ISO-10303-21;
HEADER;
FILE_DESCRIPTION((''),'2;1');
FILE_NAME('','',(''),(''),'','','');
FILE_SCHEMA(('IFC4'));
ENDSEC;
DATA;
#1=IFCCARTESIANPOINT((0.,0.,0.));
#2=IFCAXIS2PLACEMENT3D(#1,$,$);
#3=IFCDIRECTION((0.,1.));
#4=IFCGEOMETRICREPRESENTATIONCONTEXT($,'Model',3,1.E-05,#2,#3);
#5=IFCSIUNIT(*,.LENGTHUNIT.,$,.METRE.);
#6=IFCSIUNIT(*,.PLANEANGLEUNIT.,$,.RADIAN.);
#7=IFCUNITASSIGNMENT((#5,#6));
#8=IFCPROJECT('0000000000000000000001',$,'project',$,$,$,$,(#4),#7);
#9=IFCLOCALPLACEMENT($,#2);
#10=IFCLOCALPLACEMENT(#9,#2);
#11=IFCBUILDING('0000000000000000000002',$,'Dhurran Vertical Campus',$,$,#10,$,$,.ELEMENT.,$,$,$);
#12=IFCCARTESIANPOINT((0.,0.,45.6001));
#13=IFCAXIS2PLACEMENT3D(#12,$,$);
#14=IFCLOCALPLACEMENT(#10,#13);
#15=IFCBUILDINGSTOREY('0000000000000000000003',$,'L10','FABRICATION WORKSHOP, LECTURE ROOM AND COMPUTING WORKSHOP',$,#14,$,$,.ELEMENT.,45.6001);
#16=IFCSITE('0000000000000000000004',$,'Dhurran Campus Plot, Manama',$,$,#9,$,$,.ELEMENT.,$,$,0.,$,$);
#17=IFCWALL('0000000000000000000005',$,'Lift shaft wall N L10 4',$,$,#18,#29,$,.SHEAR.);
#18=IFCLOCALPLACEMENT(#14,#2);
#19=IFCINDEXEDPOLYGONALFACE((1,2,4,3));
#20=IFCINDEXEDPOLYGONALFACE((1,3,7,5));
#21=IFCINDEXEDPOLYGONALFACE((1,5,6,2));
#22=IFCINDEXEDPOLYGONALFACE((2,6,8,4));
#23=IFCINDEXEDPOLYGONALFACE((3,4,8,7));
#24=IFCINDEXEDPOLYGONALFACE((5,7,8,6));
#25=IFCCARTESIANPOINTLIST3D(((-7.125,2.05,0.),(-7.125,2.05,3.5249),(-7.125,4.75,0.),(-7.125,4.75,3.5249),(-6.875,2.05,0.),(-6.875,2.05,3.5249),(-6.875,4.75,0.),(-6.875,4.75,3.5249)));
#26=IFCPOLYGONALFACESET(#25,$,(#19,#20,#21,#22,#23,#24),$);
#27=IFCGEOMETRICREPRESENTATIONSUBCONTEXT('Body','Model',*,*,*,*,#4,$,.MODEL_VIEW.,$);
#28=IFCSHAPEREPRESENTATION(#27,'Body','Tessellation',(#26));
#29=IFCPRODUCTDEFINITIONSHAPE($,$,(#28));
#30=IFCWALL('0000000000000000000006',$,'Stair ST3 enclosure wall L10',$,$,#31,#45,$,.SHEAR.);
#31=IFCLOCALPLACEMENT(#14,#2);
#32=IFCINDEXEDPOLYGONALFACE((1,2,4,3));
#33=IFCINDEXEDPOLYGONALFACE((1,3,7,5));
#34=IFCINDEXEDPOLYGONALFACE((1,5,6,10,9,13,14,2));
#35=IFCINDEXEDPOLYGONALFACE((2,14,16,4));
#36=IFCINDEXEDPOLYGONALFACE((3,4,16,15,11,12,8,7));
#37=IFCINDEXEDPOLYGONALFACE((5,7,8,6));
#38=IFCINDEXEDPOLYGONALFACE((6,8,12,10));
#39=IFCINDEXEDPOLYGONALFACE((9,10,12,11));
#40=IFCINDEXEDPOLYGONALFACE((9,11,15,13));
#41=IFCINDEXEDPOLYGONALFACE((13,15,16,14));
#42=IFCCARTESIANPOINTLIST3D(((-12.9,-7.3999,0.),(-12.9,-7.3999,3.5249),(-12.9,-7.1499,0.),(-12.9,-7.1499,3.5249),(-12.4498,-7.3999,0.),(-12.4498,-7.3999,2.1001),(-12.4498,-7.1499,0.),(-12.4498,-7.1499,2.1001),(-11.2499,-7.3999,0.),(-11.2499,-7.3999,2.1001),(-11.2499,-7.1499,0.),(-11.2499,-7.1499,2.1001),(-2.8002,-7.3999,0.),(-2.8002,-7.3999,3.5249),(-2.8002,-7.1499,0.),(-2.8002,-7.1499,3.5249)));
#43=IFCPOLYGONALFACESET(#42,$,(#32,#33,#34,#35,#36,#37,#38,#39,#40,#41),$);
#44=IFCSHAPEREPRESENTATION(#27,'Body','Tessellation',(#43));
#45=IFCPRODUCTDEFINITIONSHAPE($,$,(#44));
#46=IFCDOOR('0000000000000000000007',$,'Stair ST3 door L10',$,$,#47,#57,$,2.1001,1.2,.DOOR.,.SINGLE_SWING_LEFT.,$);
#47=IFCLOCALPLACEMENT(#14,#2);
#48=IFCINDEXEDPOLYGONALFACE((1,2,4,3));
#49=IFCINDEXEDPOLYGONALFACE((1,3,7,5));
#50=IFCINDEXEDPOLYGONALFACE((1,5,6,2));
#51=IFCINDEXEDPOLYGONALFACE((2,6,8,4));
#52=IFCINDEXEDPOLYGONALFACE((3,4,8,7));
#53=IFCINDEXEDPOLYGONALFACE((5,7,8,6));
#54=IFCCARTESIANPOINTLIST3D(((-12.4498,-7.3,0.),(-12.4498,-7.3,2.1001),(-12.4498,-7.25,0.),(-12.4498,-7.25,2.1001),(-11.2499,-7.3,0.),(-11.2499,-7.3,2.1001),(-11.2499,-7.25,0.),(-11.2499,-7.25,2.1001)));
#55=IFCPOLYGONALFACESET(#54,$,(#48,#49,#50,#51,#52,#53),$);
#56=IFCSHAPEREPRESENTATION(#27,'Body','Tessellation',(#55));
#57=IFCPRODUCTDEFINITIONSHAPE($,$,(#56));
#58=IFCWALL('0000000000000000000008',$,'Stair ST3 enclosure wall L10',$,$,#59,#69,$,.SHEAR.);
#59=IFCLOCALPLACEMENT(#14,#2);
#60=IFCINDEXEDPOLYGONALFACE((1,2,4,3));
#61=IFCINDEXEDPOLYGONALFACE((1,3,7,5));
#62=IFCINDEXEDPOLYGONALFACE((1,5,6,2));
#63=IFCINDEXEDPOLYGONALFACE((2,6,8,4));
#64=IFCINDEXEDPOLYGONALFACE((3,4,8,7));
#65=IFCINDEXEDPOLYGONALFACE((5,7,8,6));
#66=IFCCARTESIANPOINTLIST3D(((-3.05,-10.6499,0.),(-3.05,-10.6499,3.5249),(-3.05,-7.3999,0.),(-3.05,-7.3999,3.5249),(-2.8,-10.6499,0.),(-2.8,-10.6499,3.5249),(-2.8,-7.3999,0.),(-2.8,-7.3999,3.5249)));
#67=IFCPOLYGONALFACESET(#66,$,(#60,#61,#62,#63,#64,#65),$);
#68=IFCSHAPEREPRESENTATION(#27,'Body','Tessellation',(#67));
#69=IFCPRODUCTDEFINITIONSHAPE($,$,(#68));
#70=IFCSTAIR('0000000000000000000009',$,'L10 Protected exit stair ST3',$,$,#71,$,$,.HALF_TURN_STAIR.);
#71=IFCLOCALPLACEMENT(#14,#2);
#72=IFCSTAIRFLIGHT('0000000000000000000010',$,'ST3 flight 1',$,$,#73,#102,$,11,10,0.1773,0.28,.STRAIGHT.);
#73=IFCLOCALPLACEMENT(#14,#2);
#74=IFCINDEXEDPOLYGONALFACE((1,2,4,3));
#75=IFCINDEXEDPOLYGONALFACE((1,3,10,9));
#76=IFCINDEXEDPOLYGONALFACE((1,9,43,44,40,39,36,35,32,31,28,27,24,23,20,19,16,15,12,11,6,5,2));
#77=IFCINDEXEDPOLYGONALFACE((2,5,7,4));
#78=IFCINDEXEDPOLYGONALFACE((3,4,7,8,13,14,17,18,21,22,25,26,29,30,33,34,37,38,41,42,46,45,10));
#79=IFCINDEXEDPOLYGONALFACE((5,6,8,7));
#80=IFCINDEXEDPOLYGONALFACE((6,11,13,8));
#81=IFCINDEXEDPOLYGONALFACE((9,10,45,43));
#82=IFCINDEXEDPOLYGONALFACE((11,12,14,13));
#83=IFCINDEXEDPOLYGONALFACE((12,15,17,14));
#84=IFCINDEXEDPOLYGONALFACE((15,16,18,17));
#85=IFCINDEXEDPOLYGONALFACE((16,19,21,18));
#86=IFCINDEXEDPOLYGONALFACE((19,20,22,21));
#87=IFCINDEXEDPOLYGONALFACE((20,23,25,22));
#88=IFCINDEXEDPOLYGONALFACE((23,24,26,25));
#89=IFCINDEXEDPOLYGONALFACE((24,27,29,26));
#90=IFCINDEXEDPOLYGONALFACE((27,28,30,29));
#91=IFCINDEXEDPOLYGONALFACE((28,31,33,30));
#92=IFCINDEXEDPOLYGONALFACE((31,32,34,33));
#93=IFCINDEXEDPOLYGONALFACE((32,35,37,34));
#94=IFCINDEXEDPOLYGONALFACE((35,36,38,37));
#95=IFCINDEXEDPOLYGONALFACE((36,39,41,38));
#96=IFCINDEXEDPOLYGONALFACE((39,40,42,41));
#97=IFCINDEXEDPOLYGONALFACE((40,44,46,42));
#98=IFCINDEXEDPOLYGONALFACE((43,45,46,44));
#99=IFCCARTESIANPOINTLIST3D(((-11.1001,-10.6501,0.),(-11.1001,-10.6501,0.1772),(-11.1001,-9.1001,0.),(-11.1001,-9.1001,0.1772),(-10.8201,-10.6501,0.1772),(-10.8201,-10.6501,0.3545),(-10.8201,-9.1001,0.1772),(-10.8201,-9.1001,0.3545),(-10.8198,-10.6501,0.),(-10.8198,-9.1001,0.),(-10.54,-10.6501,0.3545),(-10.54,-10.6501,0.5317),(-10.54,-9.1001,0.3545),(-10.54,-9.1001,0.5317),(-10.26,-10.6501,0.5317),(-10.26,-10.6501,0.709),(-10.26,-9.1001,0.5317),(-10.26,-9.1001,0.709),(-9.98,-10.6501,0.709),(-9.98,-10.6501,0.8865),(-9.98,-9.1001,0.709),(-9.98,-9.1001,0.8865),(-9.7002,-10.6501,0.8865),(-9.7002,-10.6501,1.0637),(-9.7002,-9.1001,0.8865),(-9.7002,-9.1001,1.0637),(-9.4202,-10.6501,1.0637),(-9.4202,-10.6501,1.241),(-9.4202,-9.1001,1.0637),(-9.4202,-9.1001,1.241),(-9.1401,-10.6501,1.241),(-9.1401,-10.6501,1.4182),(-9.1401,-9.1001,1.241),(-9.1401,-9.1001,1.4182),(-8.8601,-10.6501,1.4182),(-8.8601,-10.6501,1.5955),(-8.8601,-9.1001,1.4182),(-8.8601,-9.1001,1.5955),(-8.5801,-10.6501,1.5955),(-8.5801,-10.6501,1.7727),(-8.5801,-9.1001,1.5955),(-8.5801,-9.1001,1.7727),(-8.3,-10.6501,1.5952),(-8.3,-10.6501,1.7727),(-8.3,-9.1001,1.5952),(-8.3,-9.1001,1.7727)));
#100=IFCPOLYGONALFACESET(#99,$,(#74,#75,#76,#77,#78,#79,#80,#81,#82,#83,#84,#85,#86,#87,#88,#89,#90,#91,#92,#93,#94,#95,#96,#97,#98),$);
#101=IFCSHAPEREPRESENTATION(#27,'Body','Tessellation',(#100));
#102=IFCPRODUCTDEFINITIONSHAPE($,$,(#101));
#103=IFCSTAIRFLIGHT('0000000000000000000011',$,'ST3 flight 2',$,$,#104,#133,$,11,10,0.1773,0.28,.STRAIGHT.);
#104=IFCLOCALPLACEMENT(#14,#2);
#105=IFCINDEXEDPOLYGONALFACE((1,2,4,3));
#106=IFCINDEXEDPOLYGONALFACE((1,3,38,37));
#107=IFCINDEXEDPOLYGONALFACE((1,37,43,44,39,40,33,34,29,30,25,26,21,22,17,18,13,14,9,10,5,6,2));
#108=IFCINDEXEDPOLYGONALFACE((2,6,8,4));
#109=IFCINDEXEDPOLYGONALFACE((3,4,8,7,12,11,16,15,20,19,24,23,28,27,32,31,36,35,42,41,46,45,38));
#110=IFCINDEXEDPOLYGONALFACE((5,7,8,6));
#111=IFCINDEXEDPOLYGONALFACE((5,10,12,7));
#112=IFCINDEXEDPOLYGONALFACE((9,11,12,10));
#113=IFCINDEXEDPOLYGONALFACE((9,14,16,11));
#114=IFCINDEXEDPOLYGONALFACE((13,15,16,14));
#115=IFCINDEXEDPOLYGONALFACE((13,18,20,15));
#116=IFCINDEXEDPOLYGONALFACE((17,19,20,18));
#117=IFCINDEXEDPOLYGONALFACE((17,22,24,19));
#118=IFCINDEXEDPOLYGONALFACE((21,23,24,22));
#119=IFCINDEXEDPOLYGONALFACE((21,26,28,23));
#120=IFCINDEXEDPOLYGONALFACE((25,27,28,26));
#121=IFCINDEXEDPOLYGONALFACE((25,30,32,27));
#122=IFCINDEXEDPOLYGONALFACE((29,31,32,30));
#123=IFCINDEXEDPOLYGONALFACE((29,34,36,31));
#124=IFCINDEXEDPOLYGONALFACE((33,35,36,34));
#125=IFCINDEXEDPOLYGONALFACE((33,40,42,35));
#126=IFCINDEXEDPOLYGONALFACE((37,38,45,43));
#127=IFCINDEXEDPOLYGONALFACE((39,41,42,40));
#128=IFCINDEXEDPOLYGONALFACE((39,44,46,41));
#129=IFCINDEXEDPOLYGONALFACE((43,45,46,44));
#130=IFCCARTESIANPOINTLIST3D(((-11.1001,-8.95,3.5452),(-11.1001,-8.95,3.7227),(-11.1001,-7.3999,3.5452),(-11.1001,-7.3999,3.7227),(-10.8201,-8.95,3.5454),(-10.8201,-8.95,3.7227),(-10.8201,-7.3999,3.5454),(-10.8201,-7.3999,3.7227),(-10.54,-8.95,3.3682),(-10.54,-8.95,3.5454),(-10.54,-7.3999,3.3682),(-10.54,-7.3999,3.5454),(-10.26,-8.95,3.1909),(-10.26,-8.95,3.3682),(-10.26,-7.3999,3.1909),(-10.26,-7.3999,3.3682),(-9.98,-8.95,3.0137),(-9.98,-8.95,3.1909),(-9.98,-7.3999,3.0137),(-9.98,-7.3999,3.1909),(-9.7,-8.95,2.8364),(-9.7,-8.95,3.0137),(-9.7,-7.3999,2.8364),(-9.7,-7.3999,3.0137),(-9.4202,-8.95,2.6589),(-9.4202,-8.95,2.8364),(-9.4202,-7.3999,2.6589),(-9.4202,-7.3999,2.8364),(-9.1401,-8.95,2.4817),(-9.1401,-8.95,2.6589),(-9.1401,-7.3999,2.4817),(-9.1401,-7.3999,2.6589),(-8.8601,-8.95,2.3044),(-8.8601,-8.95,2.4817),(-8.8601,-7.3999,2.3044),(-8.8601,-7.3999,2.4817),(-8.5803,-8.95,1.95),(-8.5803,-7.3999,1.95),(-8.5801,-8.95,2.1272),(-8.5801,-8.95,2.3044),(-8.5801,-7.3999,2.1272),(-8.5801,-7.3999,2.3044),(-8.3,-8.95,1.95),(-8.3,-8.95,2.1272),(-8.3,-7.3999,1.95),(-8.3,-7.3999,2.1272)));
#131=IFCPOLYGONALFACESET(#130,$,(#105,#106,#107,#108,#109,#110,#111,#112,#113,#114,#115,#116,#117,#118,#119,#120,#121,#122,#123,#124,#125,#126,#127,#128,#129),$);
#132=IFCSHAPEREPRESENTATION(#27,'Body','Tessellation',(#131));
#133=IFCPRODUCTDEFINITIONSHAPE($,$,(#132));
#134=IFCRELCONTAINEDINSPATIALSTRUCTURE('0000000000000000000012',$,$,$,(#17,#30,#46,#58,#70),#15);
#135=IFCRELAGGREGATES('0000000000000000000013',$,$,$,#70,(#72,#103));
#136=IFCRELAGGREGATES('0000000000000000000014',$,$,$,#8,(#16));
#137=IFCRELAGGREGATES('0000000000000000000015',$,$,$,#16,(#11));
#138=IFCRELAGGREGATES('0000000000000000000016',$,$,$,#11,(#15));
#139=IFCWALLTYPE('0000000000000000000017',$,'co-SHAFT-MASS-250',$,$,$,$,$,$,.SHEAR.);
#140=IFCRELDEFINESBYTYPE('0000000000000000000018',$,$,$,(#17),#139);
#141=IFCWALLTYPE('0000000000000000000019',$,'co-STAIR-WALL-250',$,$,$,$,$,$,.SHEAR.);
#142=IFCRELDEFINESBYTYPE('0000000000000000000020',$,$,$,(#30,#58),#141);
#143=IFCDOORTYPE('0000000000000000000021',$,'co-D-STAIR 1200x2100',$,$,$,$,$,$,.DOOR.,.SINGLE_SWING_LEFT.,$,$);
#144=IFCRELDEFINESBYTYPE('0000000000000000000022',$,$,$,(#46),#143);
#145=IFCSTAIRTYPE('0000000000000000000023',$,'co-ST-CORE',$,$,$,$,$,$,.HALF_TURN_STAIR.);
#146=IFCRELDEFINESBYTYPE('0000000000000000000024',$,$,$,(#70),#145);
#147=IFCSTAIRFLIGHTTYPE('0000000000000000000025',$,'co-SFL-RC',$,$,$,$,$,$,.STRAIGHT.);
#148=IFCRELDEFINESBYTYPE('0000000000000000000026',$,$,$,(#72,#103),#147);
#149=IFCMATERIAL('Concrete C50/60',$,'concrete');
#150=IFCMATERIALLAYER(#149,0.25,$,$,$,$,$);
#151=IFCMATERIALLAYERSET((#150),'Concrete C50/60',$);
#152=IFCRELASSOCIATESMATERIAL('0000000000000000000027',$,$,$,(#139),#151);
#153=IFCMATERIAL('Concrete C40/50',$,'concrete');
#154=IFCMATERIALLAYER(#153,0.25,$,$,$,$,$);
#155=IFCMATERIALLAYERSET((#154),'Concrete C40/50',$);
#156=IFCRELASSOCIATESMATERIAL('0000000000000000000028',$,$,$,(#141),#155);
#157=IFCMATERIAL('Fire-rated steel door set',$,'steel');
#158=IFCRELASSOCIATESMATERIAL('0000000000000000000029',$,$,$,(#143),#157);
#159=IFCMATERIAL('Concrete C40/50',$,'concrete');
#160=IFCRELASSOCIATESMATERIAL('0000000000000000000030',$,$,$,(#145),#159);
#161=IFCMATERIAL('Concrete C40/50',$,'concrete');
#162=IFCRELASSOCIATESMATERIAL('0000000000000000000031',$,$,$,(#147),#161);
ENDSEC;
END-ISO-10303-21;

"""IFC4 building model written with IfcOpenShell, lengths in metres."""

from ifc_helpers import new_model, si_unit, direction, frame, frame_2d, origin, place, context, subcontext, project, spatial, polyline, rectangle, outline, extrude, material, layer, layer_set, type_object, element, fill, aggregate, save


model = new_model("IFC4")

# Units and contexts
model_context = context("Model", 3, precision=1e-05, world=origin(), true_north=direction((0.0, 1.0)))
body_context = subcontext(model_context, "Body", "Model", "MODEL_VIEW")
ifc_project = project(units=[si_unit("LENGTHUNIT", "METRE"), si_unit("PLANEANGLEUNIT", "RADIAN")], contexts=[model_context])

# Site, building, storey
site_placement = place(None, origin())
site = spatial("IfcSite", under=ifc_project, at=site_placement, Name="Dhurran Campus Plot, Manama", CompositionType="ELEMENT", RefElevation=0.0)
building_placement = place(site_placement, origin())
building = spatial("IfcBuilding", under=site, at=building_placement, Name="Dhurran Vertical Campus", CompositionType="ELEMENT")
storey_placement = place(building_placement, frame((0.0, 0.0, 45.6001)))
storey = spatial("IfcBuildingStorey", under=building, at=storey_placement, Name="L10", Description="FABRICATION WORKSHOP, LECTURE ROOM AND COMPUTING WORKSHOP", CompositionType="ELEMENT", Elevation=45.6001)

# Wall
ifc_material_1 = material(Name="Concrete C50/60", Category="concrete")
ifc_layer_1 = layer(ifc_material_1, 0.25)
ifc_layer_set_1 = layer_set([ifc_layer_1], Name="Concrete C50/60")
wall_type_1 = type_object("IfcWallType", Name="co-SHAFT-MASS-250", PredefinedType="SHEAR", material=ifc_layer_set_1)
wall_1_placement = place(storey_placement, origin())
element("IfcWall", 1, at=wall_1_placement, inside=storey, type_object=wall_type_1, Name="Lift shaft wall N L10 4", PredefinedType="SHEAR", context=body_context, shape_type="SweptSolid", body=[
    extrude(outline(polyline([(-7.125, 2.05), (-6.875, 2.05), (-6.875, 4.75), (-7.125, 4.75), (-7.125, 2.05)])), origin(), (0.0, 0.0, 1.0), 3.5249),
])

# Wall, opening, door
ifc_material_2 = material(Name="Concrete C40/50", Category="concrete")
ifc_layer_2 = layer(ifc_material_2, 0.25)
ifc_layer_set_2 = layer_set([ifc_layer_2], Name="Concrete C40/50")
wall_type_2 = type_object("IfcWallType", Name="co-STAIR-WALL-250", PredefinedType="SHEAR", material=ifc_layer_set_2)
wall_2_placement = place(storey_placement, frame((-12.8999, -7.2749, 0.0), z_axis=(0.0, 0.0, 1.0), x_axis=(1.0, 0.0, 0.0)))
wall_2 = element("IfcWall", 2, at=wall_2_placement, inside=storey, type_object=wall_type_2, Name="Stair ST3 enclosure wall L10", PredefinedType="SHEAR", context=body_context, shape_type="SweptSolid", body=[
    extrude(rectangle(XDim=10.0999, YDim=0.25, at=frame_2d((5.0498, 0.0))), origin(), (0.0, 0.0, 1.0), 3.5249),
])
opening_1_placement = place(wall_2_placement, frame((0.45, 0.0, 0.0)))
opening_1 = element("IfcOpeningElement", 3, at=opening_1_placement, cuts=wall_2, PredefinedType="OPENING", context=body_context, shape_type="SweptSolid", body=[
    extrude(rectangle(XDim=1.2, YDim=2.1001, at=frame_2d((0.6001, 1.05))), frame((0.0, 0.135, 0.0), z_axis=(0.0, -1.0, 0.0), x_axis=(1.0, 0.0, 0.0)), (0.0, 0.0, 1.0), 0.27),
])
ifc_material_3 = material(Name="Fire-rated steel door set", Category="steel")
door_type_1 = type_object("IfcDoorType", Name="co-D-STAIR 1200x2100", OperationType="SINGLE_SWING_LEFT", PredefinedType="DOOR", material=ifc_material_3)
door_1_placement = place(opening_1_placement, origin())
door_1 = element("IfcDoor", 4, at=door_1_placement, inside=storey, type_object=door_type_1, Name="Stair ST3 door L10", OperationType="SINGLE_SWING_LEFT", OverallHeight=2.1001, OverallWidth=1.2, PredefinedType="DOOR", context=body_context, shape_type="SweptSolid", body=[
    extrude(rectangle(XDim=1.2, YDim=2.1001, at=frame_2d((0.6001, 1.05))), frame((0.0, 0.0249, 0.0), z_axis=(0.0, -1.0, 0.0), x_axis=(1.0, 0.0, 0.0)), (0.0, 0.0, 1.0), 0.05),
])
fill(opening_1, door_1)

# Wall
wall_3_placement = place(storey_placement, frame((-2.925, -10.6499, 0.0), z_axis=(0.0, 0.0, 1.0), x_axis=(0.0, 1.0, 0.0)))
element("IfcWall", 5, at=wall_3_placement, inside=storey, type_object=wall_type_2, Name="Stair ST3 enclosure wall L10", PredefinedType="SHEAR", context=body_context, shape_type="SweptSolid", body=[
    extrude(rectangle(XDim=3.25, YDim=0.25, at=frame_2d((1.625, 0.0))), origin(), (0.0, 0.0, 1.0), 3.5249),
])

# Stair, stair flights
ifc_material_4 = material(Name="Concrete C40/50", Category="concrete")
stair_type = type_object("IfcStairType", Name="co-ST-CORE", PredefinedType="HALF_TURN_STAIR", material=ifc_material_4)
stair_placement = place(storey_placement, origin())
stair = element("IfcStair", 6, at=stair_placement, inside=storey, type_object=stair_type, Name="L10 Protected exit stair ST3", PredefinedType="HALF_TURN_STAIR")
ifc_material_5 = material(Name="Concrete C40/50", Category="concrete")
stair_flight_type = type_object("IfcStairFlightType", Name="co-SFL-RC", PredefinedType="STRAIGHT", material=ifc_material_5)
stair_flight_1_placement = place(storey_placement, frame((-11.1001, -9.875, 0.0), z_axis=(0.0, 0.0, 1.0), x_axis=(1.0, 0.0, 0.0)))
stair_flight_1 = element("IfcStairFlight", 7, at=stair_flight_1_placement, type_object=stair_flight_type, Name="ST3 flight 1", NumberOfRisers=11, NumberOfTreads=10, PredefinedType="STRAIGHT", RiserHeight=0.1773, TreadLength=0.28, context=body_context, shape_type="SweptSolid", body=[
    extrude(outline(polyline([(0.0, 0.0), (0.0, 0.1772), (0.28, 0.1772), (0.28, 0.3545), (0.5601, 0.3545), (0.5601, 0.5317), (0.8401, 0.5317), (0.8401, 0.709), (1.1201, 0.709), (1.1201, 0.8865), (1.3999, 0.8865), (1.3999, 1.0637), (1.6799, 1.0637), (1.6799, 1.241), (1.96, 1.241), (1.96, 1.4182), (2.24, 1.4182), (2.24, 1.5955), (2.52, 1.5955), (2.52, 1.7727), (2.8, 1.7727), (2.8, 1.95), (2.8, 1.5952), (0.2803, 0.0), (0.0, 0.0)])), frame((0.0, 0.7749, 0.0), z_axis=(0.0, -1.0, 0.0), x_axis=(1.0, 0.0, 0.0)), (0.0, 0.0, 1.0), 1.55),
])
stair_flight_2_placement = place(storey_placement, frame((-8.3, -8.175, 1.95), z_axis=(0.0, 0.0, 1.0), x_axis=(-1.0, 0.0, 0.0)))
stair_flight_2 = element("IfcStairFlight", 8, at=stair_flight_2_placement, type_object=stair_flight_type, Name="ST3 flight 2", NumberOfRisers=11, NumberOfTreads=10, PredefinedType="STRAIGHT", RiserHeight=0.1773, TreadLength=0.28, context=body_context, shape_type="SweptSolid", body=[
    extrude(outline(polyline([(0.0, 0.0), (0.0, 0.1772), (0.28, 0.1772), (0.28, 0.3545), (0.5601, 0.3545), (0.5601, 0.5317), (0.8401, 0.5317), (0.8401, 0.709), (1.1201, 0.709), (1.1201, 0.8865), (1.3999, 0.8865), (1.3999, 1.0637), (1.6799, 1.0637), (1.6799, 1.241), (1.96, 1.241), (1.96, 1.4182), (2.24, 1.4182), (2.24, 1.5955), (2.52, 1.5955), (2.52, 1.7727), (2.8, 1.7727), (2.8, 1.95), (2.8, 1.5952), (0.2803, 0.0), (0.0, 0.0)])), frame((0.0, 0.7749, 0.0), z_axis=(0.0, -1.0, 0.0), x_axis=(1.0, 0.0, 0.0)), (0.0, 0.0, 1.0), 1.55),
])
aggregate(stair, [stair_flight_1, stair_flight_2])

save(model, "model.ifc")
